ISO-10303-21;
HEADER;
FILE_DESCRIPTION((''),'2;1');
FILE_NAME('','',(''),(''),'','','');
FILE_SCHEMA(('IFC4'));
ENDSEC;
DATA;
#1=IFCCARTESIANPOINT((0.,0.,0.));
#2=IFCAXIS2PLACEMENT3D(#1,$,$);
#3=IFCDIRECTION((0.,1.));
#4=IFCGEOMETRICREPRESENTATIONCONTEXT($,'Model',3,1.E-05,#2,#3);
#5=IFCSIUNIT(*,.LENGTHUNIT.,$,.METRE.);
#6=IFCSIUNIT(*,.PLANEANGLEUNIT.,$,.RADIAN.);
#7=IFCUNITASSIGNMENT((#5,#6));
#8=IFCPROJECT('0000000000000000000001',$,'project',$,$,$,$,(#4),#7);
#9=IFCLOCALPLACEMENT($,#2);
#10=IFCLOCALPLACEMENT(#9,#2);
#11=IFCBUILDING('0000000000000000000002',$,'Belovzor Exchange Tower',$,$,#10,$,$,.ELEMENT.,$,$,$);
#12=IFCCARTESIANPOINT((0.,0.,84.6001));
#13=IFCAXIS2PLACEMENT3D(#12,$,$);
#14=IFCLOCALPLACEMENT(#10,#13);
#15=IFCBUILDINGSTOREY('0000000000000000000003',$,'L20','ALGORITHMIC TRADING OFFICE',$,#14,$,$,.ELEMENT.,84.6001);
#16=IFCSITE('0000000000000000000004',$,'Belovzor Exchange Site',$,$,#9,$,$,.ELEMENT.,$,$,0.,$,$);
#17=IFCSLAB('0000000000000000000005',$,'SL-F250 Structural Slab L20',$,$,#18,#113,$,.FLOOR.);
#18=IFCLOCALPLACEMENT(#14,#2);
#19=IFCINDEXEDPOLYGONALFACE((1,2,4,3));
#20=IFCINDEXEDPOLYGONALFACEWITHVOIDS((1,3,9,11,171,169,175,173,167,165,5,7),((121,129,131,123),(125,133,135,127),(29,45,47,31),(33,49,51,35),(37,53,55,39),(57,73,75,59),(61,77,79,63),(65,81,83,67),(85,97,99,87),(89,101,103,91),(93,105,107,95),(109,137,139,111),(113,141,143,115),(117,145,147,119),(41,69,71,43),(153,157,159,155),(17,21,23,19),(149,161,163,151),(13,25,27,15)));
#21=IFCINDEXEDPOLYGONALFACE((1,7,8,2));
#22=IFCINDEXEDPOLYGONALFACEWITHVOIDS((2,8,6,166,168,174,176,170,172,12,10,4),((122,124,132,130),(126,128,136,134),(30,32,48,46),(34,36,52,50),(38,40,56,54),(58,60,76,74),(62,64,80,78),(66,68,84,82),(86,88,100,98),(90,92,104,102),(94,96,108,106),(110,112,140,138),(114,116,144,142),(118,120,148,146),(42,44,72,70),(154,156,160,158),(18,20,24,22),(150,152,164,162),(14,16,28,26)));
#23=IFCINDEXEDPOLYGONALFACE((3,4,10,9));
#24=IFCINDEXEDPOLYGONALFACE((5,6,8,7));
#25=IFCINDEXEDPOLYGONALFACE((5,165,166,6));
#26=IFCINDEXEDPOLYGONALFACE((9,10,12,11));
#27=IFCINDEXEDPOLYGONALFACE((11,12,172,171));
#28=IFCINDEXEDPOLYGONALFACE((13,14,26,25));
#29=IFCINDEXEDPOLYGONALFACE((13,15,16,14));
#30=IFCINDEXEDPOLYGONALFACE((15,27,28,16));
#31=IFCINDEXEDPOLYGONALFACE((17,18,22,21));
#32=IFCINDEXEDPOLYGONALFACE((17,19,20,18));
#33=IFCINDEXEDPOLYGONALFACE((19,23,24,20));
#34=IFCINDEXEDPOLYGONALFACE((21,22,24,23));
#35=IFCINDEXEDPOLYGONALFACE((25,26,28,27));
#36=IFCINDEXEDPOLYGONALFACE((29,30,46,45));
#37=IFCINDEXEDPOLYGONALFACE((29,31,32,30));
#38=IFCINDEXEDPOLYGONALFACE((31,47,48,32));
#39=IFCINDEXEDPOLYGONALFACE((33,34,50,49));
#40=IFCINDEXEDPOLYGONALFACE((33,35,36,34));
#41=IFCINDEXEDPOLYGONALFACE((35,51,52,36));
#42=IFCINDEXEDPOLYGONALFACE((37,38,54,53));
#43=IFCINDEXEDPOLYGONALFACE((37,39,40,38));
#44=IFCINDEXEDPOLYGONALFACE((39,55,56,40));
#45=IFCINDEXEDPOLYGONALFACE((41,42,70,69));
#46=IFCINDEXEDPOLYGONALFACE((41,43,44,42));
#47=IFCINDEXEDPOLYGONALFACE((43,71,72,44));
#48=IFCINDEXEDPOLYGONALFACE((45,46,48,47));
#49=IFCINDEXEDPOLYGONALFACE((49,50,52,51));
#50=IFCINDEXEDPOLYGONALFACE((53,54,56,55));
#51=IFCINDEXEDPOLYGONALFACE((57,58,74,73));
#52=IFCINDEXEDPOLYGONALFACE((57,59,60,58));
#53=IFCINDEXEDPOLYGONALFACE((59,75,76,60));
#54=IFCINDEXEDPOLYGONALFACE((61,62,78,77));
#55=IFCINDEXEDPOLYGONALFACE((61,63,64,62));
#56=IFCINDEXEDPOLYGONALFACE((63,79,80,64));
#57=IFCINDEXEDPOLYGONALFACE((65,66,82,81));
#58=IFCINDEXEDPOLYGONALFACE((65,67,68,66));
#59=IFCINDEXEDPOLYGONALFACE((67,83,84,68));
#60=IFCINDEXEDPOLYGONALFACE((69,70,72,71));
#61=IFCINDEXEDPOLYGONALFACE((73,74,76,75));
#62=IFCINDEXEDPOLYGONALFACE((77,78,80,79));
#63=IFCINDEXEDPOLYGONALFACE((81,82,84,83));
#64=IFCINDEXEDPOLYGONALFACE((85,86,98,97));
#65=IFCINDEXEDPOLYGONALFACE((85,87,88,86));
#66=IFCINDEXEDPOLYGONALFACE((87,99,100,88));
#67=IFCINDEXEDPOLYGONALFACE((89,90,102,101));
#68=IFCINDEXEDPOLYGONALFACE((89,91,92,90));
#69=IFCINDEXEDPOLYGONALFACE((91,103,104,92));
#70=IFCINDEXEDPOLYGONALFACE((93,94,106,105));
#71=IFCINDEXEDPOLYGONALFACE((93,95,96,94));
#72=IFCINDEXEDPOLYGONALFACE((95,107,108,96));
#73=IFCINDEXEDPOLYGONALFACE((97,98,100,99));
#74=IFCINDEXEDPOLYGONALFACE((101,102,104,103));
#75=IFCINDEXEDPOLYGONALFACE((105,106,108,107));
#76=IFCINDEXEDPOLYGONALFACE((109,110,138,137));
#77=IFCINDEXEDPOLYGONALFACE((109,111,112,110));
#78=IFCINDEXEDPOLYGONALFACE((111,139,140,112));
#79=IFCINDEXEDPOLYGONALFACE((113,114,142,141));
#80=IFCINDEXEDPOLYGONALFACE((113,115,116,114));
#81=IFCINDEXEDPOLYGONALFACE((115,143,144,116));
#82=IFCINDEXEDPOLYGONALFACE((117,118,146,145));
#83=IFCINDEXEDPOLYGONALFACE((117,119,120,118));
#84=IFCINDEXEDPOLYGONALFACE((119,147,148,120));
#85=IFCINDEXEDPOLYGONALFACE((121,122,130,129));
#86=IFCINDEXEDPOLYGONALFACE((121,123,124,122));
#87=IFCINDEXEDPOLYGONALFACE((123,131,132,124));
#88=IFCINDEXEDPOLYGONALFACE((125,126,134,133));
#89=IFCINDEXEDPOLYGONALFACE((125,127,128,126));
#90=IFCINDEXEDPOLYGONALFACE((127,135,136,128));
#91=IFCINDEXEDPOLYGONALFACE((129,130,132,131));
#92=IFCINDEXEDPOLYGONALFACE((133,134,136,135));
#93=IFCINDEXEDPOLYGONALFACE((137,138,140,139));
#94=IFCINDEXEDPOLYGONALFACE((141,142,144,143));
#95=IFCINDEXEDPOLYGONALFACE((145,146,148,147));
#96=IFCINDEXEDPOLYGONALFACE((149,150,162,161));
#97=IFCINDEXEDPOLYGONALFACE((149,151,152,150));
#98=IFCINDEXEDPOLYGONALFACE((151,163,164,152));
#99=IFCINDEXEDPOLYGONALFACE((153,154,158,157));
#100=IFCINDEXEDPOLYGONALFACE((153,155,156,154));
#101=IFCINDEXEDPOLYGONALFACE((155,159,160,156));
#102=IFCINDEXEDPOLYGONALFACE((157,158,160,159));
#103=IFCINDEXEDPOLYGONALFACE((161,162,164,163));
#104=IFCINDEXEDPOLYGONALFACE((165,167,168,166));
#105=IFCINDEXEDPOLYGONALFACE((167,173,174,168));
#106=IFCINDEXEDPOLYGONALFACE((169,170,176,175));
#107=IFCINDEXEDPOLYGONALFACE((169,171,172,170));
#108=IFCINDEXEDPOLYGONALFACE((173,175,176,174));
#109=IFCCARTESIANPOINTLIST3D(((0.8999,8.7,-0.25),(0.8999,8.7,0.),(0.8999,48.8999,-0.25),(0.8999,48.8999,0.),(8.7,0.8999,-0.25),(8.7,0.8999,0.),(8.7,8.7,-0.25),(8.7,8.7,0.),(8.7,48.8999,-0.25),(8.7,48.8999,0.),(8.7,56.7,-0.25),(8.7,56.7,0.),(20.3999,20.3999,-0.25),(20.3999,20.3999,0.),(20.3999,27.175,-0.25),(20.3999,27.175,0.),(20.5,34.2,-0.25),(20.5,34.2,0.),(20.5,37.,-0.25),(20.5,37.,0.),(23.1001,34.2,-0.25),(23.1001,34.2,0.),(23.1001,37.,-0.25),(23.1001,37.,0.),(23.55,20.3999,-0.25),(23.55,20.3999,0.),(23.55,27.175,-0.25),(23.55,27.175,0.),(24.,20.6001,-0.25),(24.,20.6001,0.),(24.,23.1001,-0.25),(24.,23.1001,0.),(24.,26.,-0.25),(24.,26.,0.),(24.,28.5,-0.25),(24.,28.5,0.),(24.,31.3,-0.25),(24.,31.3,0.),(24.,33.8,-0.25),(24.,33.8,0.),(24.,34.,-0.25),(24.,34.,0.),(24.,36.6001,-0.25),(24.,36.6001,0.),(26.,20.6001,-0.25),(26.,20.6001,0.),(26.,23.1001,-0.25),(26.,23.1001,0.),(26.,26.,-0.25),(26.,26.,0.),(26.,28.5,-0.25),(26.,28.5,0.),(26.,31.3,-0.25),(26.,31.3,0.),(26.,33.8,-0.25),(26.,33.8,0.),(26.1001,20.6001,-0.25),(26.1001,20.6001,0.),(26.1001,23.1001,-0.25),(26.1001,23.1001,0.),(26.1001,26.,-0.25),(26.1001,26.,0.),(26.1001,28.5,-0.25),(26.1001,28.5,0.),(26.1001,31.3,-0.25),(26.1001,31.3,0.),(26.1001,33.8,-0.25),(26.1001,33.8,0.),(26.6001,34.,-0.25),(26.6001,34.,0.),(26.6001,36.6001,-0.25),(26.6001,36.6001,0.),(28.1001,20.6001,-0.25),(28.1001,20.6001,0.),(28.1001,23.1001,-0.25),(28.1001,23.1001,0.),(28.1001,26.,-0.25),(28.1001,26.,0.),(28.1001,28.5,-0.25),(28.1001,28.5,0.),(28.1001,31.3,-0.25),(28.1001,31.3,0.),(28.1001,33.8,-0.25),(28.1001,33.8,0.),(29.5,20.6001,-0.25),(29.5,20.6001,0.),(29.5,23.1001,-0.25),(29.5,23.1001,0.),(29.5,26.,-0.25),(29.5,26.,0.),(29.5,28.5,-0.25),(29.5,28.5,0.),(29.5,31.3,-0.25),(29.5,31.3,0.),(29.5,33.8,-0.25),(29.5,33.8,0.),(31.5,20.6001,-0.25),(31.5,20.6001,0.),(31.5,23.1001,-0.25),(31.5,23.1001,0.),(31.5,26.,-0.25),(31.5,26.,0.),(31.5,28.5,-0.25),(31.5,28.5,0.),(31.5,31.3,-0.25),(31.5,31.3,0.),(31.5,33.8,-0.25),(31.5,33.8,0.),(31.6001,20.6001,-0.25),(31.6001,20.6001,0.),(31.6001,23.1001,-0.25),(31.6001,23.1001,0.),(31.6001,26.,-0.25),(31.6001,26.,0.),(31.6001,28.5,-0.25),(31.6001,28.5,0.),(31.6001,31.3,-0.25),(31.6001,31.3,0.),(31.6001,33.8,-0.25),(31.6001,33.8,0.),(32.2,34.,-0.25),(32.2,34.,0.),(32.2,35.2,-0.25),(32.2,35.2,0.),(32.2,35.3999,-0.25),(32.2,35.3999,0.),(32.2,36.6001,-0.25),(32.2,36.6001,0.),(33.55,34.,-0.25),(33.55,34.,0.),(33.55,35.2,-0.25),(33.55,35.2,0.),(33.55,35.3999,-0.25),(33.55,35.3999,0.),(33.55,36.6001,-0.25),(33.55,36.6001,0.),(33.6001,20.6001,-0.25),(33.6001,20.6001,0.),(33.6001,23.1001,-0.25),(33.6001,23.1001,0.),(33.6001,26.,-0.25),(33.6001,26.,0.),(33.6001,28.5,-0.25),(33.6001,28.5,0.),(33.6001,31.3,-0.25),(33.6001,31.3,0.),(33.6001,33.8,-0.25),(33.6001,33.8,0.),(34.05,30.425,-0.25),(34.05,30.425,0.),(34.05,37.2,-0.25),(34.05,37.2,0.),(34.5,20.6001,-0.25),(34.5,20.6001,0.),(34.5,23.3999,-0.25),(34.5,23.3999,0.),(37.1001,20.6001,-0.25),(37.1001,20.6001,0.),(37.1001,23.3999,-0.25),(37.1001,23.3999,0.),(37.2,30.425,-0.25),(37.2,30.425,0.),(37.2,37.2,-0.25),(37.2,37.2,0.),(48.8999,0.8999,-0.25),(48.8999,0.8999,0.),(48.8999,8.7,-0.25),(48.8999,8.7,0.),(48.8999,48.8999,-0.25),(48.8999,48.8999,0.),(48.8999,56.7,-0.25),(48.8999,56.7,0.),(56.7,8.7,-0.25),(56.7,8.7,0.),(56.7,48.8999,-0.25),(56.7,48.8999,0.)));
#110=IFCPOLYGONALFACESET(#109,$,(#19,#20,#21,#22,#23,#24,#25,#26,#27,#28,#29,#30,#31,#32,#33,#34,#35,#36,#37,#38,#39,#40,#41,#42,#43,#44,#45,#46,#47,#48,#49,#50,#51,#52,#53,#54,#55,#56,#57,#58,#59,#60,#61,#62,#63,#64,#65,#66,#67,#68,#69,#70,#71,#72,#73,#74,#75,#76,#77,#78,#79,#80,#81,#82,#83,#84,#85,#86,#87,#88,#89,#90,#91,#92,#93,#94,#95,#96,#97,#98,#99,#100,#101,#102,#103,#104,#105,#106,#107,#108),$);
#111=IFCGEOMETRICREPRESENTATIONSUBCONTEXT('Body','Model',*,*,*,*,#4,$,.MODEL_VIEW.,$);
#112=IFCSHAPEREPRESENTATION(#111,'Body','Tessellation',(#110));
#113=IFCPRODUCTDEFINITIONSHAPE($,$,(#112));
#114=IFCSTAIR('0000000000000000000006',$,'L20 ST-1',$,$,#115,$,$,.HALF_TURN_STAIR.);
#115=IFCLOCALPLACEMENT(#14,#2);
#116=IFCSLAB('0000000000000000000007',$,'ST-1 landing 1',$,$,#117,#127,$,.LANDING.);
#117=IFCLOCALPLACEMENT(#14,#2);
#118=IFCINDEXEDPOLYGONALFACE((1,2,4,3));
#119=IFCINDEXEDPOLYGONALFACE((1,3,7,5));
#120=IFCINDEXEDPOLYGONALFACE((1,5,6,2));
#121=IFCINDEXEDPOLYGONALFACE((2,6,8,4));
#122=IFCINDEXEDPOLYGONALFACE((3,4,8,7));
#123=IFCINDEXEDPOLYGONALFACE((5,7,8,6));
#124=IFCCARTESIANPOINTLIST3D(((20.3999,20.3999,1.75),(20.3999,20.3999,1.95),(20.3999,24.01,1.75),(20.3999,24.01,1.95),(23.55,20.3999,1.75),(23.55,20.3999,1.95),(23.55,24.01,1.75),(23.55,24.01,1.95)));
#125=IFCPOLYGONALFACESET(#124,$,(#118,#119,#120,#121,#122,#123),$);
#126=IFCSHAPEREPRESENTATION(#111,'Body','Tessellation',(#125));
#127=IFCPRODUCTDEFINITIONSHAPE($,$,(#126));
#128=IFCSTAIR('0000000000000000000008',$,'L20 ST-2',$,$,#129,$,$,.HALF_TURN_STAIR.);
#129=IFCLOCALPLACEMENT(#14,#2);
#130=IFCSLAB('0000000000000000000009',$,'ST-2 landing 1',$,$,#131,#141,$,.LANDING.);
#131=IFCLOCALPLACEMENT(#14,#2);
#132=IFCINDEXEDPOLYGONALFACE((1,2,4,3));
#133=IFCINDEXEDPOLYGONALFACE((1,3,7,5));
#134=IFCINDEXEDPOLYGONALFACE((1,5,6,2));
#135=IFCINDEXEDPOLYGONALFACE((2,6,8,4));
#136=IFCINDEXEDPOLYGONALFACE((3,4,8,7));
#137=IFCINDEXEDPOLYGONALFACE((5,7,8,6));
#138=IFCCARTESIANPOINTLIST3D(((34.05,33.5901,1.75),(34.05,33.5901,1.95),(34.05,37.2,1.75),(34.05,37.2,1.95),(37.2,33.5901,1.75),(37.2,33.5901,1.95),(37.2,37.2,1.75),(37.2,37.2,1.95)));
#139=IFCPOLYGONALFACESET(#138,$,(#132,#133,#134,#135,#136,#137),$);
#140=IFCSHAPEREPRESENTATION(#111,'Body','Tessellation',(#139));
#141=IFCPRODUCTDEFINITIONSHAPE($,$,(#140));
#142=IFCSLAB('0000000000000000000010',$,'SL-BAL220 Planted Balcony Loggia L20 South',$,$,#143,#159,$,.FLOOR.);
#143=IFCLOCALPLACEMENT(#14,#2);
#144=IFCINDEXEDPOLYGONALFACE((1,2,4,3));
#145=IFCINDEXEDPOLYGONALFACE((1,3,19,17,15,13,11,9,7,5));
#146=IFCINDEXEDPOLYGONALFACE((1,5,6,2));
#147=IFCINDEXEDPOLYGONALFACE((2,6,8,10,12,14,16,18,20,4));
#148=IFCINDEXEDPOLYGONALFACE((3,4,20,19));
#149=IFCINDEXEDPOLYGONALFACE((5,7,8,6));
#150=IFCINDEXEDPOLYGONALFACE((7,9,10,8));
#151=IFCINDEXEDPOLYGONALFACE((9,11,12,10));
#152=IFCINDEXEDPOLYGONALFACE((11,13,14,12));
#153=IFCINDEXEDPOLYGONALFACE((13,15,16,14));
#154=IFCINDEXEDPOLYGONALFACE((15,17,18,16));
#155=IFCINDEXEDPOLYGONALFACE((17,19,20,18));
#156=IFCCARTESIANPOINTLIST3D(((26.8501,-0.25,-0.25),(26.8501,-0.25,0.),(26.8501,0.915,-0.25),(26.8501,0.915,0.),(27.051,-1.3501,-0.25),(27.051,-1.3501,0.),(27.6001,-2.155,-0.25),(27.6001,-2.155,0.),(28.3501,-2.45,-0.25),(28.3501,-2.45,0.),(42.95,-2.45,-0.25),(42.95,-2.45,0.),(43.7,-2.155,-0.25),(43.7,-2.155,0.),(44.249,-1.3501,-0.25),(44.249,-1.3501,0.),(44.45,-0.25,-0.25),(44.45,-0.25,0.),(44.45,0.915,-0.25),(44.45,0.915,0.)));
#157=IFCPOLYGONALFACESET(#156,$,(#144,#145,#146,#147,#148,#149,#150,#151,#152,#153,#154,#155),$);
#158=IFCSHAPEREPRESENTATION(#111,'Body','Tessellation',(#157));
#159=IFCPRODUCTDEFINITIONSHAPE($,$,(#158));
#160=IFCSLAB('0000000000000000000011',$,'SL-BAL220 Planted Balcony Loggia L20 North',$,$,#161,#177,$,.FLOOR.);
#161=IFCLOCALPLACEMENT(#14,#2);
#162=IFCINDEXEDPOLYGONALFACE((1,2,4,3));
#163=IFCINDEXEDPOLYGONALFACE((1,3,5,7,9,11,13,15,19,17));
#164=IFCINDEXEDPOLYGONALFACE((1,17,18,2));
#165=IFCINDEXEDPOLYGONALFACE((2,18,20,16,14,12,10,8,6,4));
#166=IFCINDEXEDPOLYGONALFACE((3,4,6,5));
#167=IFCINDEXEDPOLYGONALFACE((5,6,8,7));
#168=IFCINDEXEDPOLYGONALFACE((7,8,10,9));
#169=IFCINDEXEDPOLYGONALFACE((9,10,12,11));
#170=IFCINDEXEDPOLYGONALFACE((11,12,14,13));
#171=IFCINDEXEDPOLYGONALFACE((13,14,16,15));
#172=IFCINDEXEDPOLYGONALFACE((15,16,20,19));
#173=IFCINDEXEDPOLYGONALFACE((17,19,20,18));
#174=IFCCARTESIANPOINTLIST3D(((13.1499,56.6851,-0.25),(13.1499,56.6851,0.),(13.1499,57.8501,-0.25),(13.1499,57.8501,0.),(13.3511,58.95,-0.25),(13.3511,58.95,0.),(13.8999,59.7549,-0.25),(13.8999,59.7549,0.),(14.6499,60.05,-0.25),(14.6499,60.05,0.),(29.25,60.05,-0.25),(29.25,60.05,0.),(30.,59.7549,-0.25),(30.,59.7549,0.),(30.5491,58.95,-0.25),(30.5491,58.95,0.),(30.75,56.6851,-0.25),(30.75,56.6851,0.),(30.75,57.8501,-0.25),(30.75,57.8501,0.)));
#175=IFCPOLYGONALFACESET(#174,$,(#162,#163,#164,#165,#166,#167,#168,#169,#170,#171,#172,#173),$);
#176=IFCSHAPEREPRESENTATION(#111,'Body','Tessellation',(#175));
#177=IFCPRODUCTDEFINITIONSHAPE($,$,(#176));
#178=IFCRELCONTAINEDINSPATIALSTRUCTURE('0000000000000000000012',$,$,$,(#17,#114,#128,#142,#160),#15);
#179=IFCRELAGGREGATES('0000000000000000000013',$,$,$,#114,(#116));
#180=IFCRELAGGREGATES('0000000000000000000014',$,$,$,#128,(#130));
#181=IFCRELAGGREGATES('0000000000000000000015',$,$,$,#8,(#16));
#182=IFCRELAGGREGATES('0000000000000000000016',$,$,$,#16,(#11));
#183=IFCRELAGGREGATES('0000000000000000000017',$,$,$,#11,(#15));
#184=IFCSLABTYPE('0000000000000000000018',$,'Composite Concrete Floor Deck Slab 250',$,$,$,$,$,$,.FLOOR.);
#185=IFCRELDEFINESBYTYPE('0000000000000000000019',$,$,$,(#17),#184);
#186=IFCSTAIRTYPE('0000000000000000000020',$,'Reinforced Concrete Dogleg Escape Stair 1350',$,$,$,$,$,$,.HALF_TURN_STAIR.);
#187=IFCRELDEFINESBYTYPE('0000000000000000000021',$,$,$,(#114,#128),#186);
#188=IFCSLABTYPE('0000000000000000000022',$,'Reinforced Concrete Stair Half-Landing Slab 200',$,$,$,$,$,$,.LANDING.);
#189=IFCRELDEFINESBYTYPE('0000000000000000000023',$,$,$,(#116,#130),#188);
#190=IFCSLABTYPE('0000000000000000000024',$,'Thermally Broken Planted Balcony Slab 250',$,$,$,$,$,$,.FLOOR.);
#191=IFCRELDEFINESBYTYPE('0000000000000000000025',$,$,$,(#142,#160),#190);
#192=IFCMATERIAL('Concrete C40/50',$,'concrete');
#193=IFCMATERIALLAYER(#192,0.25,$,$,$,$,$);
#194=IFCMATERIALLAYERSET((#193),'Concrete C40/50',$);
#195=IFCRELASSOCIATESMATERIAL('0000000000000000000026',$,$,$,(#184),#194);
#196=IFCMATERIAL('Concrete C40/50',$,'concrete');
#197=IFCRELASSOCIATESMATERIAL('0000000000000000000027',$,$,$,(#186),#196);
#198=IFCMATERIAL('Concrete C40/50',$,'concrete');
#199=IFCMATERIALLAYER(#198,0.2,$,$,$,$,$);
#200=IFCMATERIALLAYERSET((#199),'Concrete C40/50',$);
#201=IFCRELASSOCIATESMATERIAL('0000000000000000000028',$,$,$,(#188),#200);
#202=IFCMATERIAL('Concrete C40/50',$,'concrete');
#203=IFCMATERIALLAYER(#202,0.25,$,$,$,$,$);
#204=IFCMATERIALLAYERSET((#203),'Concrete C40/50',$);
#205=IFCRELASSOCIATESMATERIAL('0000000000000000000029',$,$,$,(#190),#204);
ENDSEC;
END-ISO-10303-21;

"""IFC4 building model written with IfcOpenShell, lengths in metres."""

from ifc_helpers import new_model, si_unit, direction, frame, origin, place, context, subcontext, project, spatial, polyline, outline, extrude, material, layer, layer_set, type_object, element, aggregate, save


model = new_model("IFC4")

# Units and contexts
model_context = context("Model", 3, precision=1e-05, world=origin(), true_north=direction((0.0, 1.0)))
body_context = subcontext(model_context, "Body", "Model", "MODEL_VIEW")
ifc_project = project(units=[si_unit("LENGTHUNIT", "METRE"), si_unit("PLANEANGLEUNIT", "RADIAN")], contexts=[model_context])

# Site, building, storey
site_placement = place(None, origin())
site = spatial("IfcSite", under=ifc_project, at=site_placement, Name="Belovzor Exchange Site", CompositionType="ELEMENT", RefElevation=0.0)
building_placement = place(site_placement, origin())
building = spatial("IfcBuilding", under=site, at=building_placement, Name="Belovzor Exchange Tower", CompositionType="ELEMENT")
storey_placement = place(building_placement, frame((0.0, 0.0, 84.6001)))
storey = spatial("IfcBuildingStorey", under=building, at=storey_placement, Name="L20", Description="ALGORITHMIC TRADING OFFICE", CompositionType="ELEMENT", Elevation=84.6001)

# Slab
ifc_material_1 = material(Name="Concrete C40/50", Category="concrete")
ifc_layer_1 = layer(ifc_material_1, 0.25)
ifc_layer_set_1 = layer_set([ifc_layer_1], Name="Concrete C40/50")
slab_type_1 = type_object("IfcSlabType", Name="Composite Concrete Floor Deck Slab 250", PredefinedType="FLOOR", material=ifc_layer_set_1)
slab_1_placement = place(storey_placement, frame((0.0, 0.0, -0.25)))
element("IfcSlab", 1, at=slab_1_placement, inside=storey, type_object=slab_type_1, Name="SL-F250 Structural Slab L20", PredefinedType="FLOOR", context=body_context, shape_type="SweptSolid", body=[
    extrude(outline(polyline([(8.7, 0.8999), (48.8999, 0.8999), (48.8999, 8.7), (56.7, 8.7), (56.7, 48.8999), (48.8999, 48.8999), (48.8999, 56.7), (8.7, 56.7), (8.7, 48.8999), (0.8999, 48.8999), (0.8999, 8.7), (8.7, 8.7), (8.7, 0.8999)]), holes=[polyline([(20.3999, 27.175), (20.3999, 20.3999), (23.55, 20.3999), (23.55, 27.175), (20.3999, 27.175)]), polyline([(37.2, 30.425), (37.2, 37.2), (34.05, 37.2), (34.05, 30.425), (37.2, 30.425)]), polyline([(20.5, 34.2), (23.1001, 34.2), (23.1001, 37.0), (20.5, 37.0), (20.5, 34.2)]), polyline([(34.5, 20.6001), (37.1001, 20.6001), (37.1001, 23.3999), (34.5, 23.3999), (34.5, 20.6001)]), polyline([(24.0, 34.0), (26.6001, 34.0), (26.6001, 36.6001), (24.0, 36.6001), (24.0, 34.0)]), polyline([(24.0, 20.6001), (26.0, 20.6001), (26.0, 23.1001), (24.0, 23.1001), (24.0, 20.6001)]), polyline([(26.1001, 20.6001), (28.1001, 20.6001), (28.1001, 23.1001), (26.1001, 23.1001), (26.1001, 20.6001)]), polyline([(29.5, 20.6001), (31.5, 20.6001), (31.5, 23.1001), (29.5, 23.1001), (29.5, 20.6001)]), polyline([(31.6001, 20.6001), (33.6001, 20.6001), (33.6001, 23.1001), (31.6001, 23.1001), (31.6001, 20.6001)]), polyline([(24.0, 26.0), (26.0, 26.0), (26.0, 28.5), (24.0, 28.5), (24.0, 26.0)]), polyline([(26.1001, 26.0), (28.1001, 26.0), (28.1001, 28.5), (26.1001, 28.5), (26.1001, 26.0)]), polyline([(29.5, 26.0), (31.5, 26.0), (31.5, 28.5), (29.5, 28.5), (29.5, 26.0)]), polyline([(31.6001, 26.0), (33.6001, 26.0), (33.6001, 28.5), (31.6001, 28.5), (31.6001, 26.0)]), polyline([(24.0, 31.3), (26.0, 31.3), (26.0, 33.8), (24.0, 33.8), (24.0, 31.3)]), polyline([(26.1001, 31.3), (28.1001, 31.3), (28.1001, 33.8), (26.1001, 33.8), (26.1001, 31.3)]), polyline([(29.5, 31.3), (31.5, 31.3), (31.5, 33.8), (29.5, 33.8), (29.5, 31.3)]), polyline([(31.6001, 31.3), (33.6001, 31.3), (33.6001, 33.8), (31.6001, 33.8), (31.6001, 31.3)]), polyline([(32.2, 34.0), (33.55, 34.0), (33.55, 35.2), (32.2, 35.2), (32.2, 34.0)]), polyline([(32.2, 35.3999), (33.55, 35.3999), (33.55, 36.6001), (32.2, 36.6001), (32.2, 35.3999)])]), origin(), (0.0, 0.0, 1.0), 0.25),
])

# Stairs, slabs
ifc_material_2 = material(Name="Concrete C40/50", Category="concrete")
stair_type = type_object("IfcStairType", Name="Reinforced Concrete Dogleg Escape Stair 1350", PredefinedType="HALF_TURN_STAIR", material=ifc_material_2)
stair_1_placement = place(storey_placement, origin())
stair_1 = element("IfcStair", 2, at=stair_1_placement, inside=storey, type_object=stair_type, Name="L20 ST-1", PredefinedType="HALF_TURN_STAIR")
ifc_material_3 = material(Name="Concrete C40/50", Category="concrete")
ifc_layer_2 = layer(ifc_material_3, 0.2)
ifc_layer_set_2 = layer_set([ifc_layer_2], Name="Concrete C40/50")
slab_type_2 = type_object("IfcSlabType", Name="Reinforced Concrete Stair Half-Landing Slab 200", PredefinedType="LANDING", material=ifc_layer_set_2)
slab_2_placement = place(storey_placement, frame((0.0, 0.0, 1.75)))
slab_2 = element("IfcSlab", 3, at=slab_2_placement, type_object=slab_type_2, Name="ST-1 landing 1", PredefinedType="LANDING", context=body_context, shape_type="SweptSolid", body=[
    extrude(outline(polyline([(20.3999, 24.01), (20.3999, 20.3999), (23.55, 20.3999), (23.55, 24.01), (20.3999, 24.01)])), origin(), (0.0, 0.0, 1.0), 0.2),
])
aggregate(stair_1, [slab_2])
stair_2_placement = place(storey_placement, origin())
stair_2 = element("IfcStair", 4, at=stair_2_placement, inside=storey, type_object=stair_type, Name="L20 ST-2", PredefinedType="HALF_TURN_STAIR")
slab_3_placement = place(storey_placement, frame((0.0, 0.0, 1.75)))
slab_3 = element("IfcSlab", 5, at=slab_3_placement, type_object=slab_type_2, Name="ST-2 landing 1", PredefinedType="LANDING", context=body_context, shape_type="SweptSolid", body=[
    extrude(outline(polyline([(37.2, 33.5901), (37.2, 37.2), (34.05, 37.2), (34.05, 33.5901), (37.2, 33.5901)])), origin(), (0.0, 0.0, 1.0), 0.2),
])
aggregate(stair_2, [slab_3])

# Slabs
ifc_material_4 = material(Name="Concrete C40/50", Category="concrete")
ifc_layer_3 = layer(ifc_material_4, 0.25)
ifc_layer_set_3 = layer_set([ifc_layer_3], Name="Concrete C40/50")
slab_type_3 = type_object("IfcSlabType", Name="Thermally Broken Planted Balcony Slab 250", PredefinedType="FLOOR", material=ifc_layer_set_3)
slab_4_placement = place(storey_placement, frame((0.0, 0.0, -0.25)))
element("IfcSlab", 6, at=slab_4_placement, inside=storey, type_object=slab_type_3, Name="SL-BAL220 Planted Balcony Loggia L20 South", PredefinedType="FLOOR", context=body_context, shape_type="SweptSolid", body=[
    extrude(outline(polyline([(26.8501, 0.915), (26.8501, -0.25), (27.051, -1.3501), (27.6001, -2.155), (28.3501, -2.45), (42.95, -2.45), (43.7, -2.155), (44.249, -1.3501), (44.45, -0.25), (44.45, 0.915), (26.8501, 0.915)])), origin(), (0.0, 0.0, 1.0), 0.25),
])
slab_5_placement = place(storey_placement, frame((0.0, 0.0, -0.25)))
element("IfcSlab", 7, at=slab_5_placement, inside=storey, type_object=slab_type_3, Name="SL-BAL220 Planted Balcony Loggia L20 North", PredefinedType="FLOOR", context=body_context, shape_type="SweptSolid", body=[
    extrude(outline(polyline([(30.75, 56.6851), (30.75, 57.8501), (30.5491, 58.95), (30.0, 59.7549), (29.25, 60.05), (14.6499, 60.05), (13.8999, 59.7549), (13.3511, 58.95), (13.1499, 57.8501), (13.1499, 56.6851), (30.75, 56.6851)])), origin(), (0.0, 0.0, 1.0), 0.25),
])

save(model, "model.ifc")
